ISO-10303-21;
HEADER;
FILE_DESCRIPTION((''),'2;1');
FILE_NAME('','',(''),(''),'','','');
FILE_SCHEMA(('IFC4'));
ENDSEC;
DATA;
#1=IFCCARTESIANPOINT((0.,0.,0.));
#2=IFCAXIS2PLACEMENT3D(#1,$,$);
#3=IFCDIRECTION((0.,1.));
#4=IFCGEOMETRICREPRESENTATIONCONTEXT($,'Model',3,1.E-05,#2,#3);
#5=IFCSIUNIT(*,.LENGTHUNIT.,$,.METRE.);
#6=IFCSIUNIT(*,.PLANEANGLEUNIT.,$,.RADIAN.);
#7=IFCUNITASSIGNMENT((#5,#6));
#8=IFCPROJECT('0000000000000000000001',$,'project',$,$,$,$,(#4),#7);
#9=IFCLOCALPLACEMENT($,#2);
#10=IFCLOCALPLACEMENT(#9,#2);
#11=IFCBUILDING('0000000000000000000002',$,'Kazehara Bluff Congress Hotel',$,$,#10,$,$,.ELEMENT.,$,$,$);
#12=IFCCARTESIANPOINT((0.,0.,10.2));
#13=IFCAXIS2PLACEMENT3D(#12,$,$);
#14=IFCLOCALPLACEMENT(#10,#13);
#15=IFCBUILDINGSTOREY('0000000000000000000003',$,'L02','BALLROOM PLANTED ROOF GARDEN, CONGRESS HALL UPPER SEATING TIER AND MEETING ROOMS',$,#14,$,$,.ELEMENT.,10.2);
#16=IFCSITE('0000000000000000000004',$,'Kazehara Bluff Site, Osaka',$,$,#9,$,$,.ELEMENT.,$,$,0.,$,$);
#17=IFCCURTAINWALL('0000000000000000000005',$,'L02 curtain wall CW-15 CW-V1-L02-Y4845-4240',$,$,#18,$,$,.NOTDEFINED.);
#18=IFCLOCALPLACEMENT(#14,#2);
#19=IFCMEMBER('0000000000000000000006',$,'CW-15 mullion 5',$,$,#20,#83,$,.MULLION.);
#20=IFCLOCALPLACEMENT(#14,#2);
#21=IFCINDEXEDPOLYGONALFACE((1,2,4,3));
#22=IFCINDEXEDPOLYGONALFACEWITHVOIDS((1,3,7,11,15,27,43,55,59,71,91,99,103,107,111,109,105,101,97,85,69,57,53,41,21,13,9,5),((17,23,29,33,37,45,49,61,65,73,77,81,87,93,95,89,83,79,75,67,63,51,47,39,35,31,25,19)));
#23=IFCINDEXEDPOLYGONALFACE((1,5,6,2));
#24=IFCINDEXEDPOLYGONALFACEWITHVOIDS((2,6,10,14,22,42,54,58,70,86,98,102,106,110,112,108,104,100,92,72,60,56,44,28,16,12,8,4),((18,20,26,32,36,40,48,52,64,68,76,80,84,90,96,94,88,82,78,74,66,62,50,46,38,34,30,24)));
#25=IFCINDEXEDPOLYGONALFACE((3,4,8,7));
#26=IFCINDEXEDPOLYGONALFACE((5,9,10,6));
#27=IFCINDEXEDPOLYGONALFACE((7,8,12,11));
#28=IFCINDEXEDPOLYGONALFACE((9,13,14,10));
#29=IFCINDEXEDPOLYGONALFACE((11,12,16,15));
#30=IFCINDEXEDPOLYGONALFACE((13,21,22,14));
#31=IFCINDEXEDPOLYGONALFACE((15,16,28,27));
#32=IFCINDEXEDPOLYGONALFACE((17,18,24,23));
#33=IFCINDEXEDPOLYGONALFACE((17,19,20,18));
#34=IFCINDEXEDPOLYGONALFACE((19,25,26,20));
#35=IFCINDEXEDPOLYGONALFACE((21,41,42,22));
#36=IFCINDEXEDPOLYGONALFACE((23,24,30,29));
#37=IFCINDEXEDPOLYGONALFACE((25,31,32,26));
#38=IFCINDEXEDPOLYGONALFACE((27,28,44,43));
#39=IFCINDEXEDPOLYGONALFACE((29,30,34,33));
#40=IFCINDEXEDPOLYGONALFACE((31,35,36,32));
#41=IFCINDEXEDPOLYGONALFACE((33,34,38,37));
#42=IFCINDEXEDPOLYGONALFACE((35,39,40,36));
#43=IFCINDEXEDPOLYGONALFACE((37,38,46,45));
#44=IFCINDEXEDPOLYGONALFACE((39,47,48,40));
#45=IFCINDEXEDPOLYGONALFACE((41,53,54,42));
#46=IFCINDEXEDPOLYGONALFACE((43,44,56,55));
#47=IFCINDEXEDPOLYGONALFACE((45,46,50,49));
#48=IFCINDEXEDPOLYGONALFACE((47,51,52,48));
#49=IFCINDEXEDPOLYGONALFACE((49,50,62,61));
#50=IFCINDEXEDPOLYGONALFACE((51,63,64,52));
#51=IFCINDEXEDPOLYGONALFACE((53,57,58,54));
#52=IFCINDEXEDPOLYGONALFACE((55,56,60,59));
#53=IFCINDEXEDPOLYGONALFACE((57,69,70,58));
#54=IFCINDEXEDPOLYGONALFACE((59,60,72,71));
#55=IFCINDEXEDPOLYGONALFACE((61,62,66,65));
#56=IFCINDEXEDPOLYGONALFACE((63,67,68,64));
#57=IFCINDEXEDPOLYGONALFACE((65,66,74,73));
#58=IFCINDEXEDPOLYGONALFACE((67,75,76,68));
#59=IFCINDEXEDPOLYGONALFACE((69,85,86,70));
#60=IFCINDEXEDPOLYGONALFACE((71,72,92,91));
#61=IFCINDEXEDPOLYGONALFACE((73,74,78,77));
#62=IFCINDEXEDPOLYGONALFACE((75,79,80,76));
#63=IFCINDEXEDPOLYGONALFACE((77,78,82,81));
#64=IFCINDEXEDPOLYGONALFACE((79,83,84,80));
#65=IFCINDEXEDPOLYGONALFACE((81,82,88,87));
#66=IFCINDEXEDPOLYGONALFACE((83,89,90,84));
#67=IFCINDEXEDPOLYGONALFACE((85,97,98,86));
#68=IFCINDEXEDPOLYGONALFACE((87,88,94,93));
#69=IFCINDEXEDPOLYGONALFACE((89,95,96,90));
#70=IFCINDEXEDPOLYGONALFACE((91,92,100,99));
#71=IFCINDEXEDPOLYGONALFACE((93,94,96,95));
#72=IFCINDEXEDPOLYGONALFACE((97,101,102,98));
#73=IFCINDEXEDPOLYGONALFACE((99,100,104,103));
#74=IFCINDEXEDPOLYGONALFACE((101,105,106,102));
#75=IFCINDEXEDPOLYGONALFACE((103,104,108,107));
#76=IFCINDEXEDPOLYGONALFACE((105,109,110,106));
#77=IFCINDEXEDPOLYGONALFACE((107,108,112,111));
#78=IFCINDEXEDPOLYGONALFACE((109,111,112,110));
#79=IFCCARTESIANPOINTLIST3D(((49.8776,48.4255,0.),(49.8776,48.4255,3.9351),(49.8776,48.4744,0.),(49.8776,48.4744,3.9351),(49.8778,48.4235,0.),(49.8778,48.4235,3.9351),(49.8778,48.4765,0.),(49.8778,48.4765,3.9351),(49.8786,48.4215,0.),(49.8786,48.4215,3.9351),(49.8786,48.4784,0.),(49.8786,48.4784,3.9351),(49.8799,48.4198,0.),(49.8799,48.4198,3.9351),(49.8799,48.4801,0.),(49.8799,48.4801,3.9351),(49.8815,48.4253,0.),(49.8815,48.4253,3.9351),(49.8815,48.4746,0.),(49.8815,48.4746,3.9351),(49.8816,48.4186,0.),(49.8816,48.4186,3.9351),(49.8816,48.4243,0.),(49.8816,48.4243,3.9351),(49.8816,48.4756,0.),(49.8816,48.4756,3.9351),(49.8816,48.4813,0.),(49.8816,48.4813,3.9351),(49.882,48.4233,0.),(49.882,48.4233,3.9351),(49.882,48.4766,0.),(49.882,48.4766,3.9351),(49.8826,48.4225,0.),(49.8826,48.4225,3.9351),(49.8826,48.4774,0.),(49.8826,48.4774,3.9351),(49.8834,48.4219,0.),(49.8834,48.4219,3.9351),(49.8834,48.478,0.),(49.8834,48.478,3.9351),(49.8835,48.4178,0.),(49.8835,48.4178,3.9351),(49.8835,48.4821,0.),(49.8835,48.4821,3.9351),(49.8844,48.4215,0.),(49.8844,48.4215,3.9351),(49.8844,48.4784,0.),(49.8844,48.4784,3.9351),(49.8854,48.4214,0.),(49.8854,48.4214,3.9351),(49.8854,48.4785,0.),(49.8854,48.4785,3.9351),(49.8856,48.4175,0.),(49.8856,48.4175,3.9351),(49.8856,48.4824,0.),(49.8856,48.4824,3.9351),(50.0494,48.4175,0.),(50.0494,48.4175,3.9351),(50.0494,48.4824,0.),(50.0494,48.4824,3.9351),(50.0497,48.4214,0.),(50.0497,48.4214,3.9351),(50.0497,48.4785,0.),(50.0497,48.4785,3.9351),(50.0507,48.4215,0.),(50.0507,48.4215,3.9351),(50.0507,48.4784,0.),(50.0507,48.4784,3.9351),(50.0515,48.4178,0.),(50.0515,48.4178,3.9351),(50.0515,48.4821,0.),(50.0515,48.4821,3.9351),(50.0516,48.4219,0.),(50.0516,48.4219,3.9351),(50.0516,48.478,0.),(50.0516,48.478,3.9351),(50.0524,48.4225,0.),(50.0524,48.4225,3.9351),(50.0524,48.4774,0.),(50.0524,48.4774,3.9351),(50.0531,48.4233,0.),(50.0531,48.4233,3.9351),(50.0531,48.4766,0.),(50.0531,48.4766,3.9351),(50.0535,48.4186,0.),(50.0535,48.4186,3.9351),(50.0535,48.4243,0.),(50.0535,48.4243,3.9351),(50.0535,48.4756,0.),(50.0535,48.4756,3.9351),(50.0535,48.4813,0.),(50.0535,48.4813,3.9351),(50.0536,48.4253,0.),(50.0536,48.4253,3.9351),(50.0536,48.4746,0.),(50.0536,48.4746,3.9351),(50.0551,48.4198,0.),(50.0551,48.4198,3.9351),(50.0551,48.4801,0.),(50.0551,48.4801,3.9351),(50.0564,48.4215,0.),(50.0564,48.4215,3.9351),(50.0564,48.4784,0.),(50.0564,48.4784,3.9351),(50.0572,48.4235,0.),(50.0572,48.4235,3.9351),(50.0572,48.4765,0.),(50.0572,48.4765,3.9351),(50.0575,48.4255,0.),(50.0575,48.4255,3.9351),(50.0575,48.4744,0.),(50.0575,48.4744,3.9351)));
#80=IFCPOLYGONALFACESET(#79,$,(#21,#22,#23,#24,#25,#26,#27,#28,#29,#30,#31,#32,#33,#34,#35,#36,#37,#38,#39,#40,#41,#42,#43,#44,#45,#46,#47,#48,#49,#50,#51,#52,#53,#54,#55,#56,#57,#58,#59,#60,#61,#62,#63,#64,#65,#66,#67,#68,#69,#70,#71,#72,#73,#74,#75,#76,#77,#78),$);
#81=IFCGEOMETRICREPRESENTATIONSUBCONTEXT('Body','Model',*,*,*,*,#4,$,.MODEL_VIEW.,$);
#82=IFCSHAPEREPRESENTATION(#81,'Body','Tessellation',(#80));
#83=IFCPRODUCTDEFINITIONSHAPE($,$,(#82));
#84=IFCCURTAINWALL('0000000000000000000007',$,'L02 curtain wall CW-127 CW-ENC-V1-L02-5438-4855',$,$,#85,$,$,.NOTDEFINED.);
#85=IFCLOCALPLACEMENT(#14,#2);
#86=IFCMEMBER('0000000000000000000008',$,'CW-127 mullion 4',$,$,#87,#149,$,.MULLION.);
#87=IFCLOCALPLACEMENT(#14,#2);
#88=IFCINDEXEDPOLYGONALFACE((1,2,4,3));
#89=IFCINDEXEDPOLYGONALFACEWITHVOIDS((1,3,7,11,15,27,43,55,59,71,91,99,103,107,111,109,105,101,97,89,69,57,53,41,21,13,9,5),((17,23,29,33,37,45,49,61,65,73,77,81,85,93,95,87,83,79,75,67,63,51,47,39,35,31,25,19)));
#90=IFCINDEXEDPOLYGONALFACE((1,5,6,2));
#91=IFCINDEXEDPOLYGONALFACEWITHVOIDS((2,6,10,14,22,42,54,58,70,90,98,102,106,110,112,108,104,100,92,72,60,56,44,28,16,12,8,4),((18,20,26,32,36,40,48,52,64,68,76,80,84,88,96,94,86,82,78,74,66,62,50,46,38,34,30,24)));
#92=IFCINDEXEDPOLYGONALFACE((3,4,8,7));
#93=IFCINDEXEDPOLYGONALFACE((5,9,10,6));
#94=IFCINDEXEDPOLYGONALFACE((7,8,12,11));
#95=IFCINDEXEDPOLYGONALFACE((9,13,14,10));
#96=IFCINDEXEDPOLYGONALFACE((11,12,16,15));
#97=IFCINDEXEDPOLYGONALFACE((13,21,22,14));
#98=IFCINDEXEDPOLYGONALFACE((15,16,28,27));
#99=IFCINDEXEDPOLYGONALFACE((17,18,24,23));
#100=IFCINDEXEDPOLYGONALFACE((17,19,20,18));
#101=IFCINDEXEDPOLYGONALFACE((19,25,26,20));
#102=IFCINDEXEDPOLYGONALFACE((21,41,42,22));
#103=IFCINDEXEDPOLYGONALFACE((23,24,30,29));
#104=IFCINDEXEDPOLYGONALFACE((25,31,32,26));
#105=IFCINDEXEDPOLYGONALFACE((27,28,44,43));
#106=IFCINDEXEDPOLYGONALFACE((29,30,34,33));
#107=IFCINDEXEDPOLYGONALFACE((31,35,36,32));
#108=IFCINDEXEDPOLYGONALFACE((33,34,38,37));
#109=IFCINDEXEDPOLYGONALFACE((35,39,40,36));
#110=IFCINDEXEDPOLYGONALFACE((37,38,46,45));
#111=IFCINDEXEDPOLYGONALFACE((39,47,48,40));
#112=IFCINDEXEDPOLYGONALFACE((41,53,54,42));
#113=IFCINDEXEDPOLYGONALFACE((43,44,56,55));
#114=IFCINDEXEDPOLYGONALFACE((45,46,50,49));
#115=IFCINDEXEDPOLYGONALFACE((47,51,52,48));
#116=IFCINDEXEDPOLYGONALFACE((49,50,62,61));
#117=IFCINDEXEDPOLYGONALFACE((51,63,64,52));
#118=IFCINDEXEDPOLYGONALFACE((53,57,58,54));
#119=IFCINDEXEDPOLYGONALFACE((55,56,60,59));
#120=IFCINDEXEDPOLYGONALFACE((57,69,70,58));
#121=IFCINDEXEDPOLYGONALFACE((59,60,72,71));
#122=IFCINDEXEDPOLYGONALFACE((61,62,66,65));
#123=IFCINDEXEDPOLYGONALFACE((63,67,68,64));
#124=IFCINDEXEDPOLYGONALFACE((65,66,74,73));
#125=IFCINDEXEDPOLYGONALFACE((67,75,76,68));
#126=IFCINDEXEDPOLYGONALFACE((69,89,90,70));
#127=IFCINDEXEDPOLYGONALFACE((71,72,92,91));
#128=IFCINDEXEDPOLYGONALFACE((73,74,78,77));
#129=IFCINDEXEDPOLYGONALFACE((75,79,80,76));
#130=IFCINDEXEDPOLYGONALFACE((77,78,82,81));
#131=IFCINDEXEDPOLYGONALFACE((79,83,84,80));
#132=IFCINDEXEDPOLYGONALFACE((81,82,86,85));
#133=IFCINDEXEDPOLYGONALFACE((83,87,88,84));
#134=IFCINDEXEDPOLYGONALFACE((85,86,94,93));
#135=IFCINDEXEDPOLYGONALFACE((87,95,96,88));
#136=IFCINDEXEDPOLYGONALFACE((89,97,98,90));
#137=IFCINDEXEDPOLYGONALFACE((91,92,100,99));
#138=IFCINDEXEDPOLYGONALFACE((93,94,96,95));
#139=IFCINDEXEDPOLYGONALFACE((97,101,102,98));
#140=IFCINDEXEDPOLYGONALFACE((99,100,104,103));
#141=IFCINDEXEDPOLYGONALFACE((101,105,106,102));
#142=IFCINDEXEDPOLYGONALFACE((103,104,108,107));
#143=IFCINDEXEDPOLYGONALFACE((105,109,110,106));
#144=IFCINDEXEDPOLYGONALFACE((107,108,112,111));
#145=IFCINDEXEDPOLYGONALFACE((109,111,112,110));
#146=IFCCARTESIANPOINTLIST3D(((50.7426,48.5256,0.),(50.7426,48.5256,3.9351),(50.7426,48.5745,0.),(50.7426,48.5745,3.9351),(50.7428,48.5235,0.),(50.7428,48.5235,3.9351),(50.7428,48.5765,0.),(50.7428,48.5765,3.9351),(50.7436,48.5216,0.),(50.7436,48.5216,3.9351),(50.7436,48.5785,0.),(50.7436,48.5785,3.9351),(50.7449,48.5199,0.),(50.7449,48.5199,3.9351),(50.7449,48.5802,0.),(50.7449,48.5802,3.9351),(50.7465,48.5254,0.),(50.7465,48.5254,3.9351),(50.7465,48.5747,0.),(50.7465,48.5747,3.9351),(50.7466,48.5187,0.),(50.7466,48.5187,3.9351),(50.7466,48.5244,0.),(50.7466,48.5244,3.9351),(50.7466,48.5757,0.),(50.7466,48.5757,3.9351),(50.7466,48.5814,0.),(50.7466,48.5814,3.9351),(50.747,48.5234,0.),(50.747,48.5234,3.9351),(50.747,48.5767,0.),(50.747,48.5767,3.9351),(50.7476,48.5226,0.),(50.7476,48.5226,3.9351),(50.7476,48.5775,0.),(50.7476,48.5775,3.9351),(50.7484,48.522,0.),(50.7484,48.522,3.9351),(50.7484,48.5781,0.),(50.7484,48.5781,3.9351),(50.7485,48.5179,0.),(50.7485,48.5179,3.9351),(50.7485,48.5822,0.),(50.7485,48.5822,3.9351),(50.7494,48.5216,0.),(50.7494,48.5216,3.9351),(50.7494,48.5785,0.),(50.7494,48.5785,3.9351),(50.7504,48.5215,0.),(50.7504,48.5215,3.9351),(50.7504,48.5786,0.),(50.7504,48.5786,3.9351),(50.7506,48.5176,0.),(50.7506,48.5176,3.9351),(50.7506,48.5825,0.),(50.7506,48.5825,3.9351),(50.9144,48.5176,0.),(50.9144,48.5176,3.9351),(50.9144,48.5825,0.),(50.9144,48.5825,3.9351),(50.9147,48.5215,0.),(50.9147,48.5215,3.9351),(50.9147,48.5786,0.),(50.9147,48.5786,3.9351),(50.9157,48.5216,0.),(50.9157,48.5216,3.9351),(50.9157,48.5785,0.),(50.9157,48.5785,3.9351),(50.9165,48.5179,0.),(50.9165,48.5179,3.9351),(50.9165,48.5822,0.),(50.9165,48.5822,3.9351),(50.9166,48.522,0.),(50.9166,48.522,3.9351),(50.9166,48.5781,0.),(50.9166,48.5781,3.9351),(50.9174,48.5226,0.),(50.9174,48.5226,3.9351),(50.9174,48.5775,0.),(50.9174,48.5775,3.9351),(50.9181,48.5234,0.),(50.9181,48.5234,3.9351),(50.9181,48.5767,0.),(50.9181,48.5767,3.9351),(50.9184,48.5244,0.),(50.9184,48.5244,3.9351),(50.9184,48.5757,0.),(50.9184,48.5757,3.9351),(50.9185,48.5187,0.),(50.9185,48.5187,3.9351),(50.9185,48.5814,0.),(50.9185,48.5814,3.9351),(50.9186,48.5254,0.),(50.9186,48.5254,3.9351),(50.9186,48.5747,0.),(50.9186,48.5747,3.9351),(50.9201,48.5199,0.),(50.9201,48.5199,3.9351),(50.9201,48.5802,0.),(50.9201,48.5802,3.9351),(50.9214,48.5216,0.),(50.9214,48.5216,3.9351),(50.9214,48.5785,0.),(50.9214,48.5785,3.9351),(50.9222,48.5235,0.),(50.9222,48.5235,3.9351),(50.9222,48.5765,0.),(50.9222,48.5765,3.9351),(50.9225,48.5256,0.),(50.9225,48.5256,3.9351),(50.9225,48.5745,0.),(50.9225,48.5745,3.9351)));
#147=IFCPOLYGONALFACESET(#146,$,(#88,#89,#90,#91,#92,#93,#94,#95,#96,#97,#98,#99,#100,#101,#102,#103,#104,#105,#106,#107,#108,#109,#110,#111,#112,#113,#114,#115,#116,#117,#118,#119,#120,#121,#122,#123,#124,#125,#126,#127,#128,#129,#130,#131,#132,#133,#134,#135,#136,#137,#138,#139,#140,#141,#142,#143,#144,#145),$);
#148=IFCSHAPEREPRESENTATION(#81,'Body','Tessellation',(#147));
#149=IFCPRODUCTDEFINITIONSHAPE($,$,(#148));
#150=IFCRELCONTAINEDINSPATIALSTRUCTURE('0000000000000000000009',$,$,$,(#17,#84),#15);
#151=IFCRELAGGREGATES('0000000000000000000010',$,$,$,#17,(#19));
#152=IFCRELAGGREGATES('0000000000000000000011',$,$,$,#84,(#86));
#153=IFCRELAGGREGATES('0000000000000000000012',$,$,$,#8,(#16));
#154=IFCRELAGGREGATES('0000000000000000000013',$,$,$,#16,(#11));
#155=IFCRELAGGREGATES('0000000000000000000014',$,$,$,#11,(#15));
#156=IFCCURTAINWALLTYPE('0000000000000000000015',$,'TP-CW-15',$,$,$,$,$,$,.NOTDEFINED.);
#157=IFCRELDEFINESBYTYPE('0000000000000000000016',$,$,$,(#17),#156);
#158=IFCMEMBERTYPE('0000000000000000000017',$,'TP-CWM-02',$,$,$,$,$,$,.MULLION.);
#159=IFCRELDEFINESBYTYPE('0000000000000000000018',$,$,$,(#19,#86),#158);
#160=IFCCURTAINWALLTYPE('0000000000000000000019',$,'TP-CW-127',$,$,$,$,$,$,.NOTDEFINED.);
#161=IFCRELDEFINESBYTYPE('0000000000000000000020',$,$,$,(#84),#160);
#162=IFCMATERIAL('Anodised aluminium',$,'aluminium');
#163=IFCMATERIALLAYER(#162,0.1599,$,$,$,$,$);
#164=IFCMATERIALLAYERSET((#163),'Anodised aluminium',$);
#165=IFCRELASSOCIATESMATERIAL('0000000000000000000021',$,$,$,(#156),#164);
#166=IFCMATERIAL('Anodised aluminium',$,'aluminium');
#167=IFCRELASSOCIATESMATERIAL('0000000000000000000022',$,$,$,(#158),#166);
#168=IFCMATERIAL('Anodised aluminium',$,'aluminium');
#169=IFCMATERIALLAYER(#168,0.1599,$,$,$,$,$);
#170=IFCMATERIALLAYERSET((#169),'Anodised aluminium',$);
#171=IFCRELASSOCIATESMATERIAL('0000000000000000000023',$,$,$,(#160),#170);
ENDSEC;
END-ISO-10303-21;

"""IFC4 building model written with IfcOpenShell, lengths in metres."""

from ifc_helpers import new_model, si_unit, direction, frame, origin, origin_2d, place, context, subcontext, project, spatial, hollow_rectangle, extrude, material, layer, layer_set, material_profile, profile_set, type_object, element, aggregate, save


model = new_model("IFC4")

# Units and contexts
model_context = context("Model", 3, precision=1e-05, world=origin(), true_north=direction((0.0, 1.0)))
body_context = subcontext(model_context, "Body", "Model", "MODEL_VIEW")
ifc_project = project(units=[si_unit("LENGTHUNIT", "METRE"), si_unit("PLANEANGLEUNIT", "RADIAN")], contexts=[model_context])

# Site, building, storey
site_placement = place(None, origin())
site = spatial("IfcSite", under=ifc_project, at=site_placement, Name="Kazehara Bluff Site, Osaka", CompositionType="ELEMENT", RefElevation=0.0)
building_placement = place(site_placement, origin())
building = spatial("IfcBuilding", under=site, at=building_placement, Name="Kazehara Bluff Congress Hotel", CompositionType="ELEMENT")
storey_placement = place(building_placement, frame((0.0, 0.0, 10.2)))
storey = spatial("IfcBuildingStorey", under=building, at=storey_placement, Name="L02", Description="BALLROOM PLANTED ROOF GARDEN, CONGRESS HALL UPPER SEATING TIER AND MEETING ROOMS", CompositionType="ELEMENT", Elevation=10.2)

# Curtain wall, member
ifc_material_1 = material(Name="Anodised aluminium", Category="aluminium")
ifc_layer_1 = layer(ifc_material_1, 0.1599)
ifc_layer_set_1 = layer_set([ifc_layer_1], Name="Anodised aluminium")
curtain_wall_type_1 = type_object("IfcCurtainWallType", Name="TP-CW-15", PredefinedType="NOTDEFINED", material=ifc_layer_set_1)
curtain_wall_1_placement = place(storey_placement, origin())
curtain_wall_1 = element("IfcCurtainWall", 1, at=curtain_wall_1_placement, inside=storey, type_object=curtain_wall_type_1, Name="L02 curtain wall CW-15 CW-V1-L02-Y4845-4240", PredefinedType="NOTDEFINED")
ifc_material_2 = material(Name="Anodised aluminium", Category="aluminium")
ifc_material_profile_1 = material_profile(ifc_material_2, hollow_rectangle(XDim=0.0649, YDim=0.1799, WallThickness=0.0039, InnerFilletRadius=0.0039, OuterFilletRadius=0.0081, at=origin_2d()))
ifc_profile_set_1 = profile_set([ifc_material_profile_1], Name="Anodised aluminium")
member_type_1 = type_object("IfcMemberType", Name="TP-CWM-02", PredefinedType="MULLION", material=ifc_profile_set_1)
member_1_placement = place(storey_placement, frame((49.9675, 48.45, 0.0), z_axis=(0.0, 0.0, 1.0), x_axis=(0.0, 1.0, 0.0)))
member_1 = element("IfcMember", 2, at=member_1_placement, type_object=member_type_1, Name="CW-15 mullion 5", PredefinedType="MULLION", context=body_context, shape_type="SweptSolid", body=[
    extrude(hollow_rectangle(XDim=0.0649, YDim=0.1799, WallThickness=0.0039, InnerFilletRadius=0.0039, OuterFilletRadius=0.0081, at=origin_2d()), origin(), (0.0, 0.0, 1.0), 3.9351),
])

# Curtain wall, member
ifc_material_3 = material(Name="Anodised aluminium", Category="aluminium")
ifc_layer_2 = layer(ifc_material_3, 0.1599)
ifc_layer_set_2 = layer_set([ifc_layer_2], Name="Anodised aluminium")
curtain_wall_type_2 = type_object("IfcCurtainWallType", Name="TP-CW-127", PredefinedType="NOTDEFINED", material=ifc_layer_set_2)
curtain_wall_2_placement = place(storey_placement, origin())
curtain_wall_2 = element("IfcCurtainWall", 3, at=curtain_wall_2_placement, inside=storey, type_object=curtain_wall_type_2, Name="L02 curtain wall CW-127 CW-ENC-V1-L02-5438-4855", PredefinedType="NOTDEFINED")
member_2_placement = place(storey_placement, frame((50.8325, 48.55, 0.0), z_axis=(0.0, 0.0, 1.0), x_axis=(0.0, -1.0, 0.0)))
member_2 = element("IfcMember", 4, at=member_2_placement, type_object=member_type_1, Name="CW-127 mullion 4", PredefinedType="MULLION", context=body_context, shape_type="SweptSolid", body=[
    extrude(hollow_rectangle(XDim=0.0649, YDim=0.1799, WallThickness=0.0039, InnerFilletRadius=0.0039, OuterFilletRadius=0.0081, at=origin_2d()), origin(), (0.0, 0.0, 1.0), 3.9351),
])

aggregate(curtain_wall_1, [member_1])
aggregate(curtain_wall_2, [member_2])

save(model, "model.ifc")
